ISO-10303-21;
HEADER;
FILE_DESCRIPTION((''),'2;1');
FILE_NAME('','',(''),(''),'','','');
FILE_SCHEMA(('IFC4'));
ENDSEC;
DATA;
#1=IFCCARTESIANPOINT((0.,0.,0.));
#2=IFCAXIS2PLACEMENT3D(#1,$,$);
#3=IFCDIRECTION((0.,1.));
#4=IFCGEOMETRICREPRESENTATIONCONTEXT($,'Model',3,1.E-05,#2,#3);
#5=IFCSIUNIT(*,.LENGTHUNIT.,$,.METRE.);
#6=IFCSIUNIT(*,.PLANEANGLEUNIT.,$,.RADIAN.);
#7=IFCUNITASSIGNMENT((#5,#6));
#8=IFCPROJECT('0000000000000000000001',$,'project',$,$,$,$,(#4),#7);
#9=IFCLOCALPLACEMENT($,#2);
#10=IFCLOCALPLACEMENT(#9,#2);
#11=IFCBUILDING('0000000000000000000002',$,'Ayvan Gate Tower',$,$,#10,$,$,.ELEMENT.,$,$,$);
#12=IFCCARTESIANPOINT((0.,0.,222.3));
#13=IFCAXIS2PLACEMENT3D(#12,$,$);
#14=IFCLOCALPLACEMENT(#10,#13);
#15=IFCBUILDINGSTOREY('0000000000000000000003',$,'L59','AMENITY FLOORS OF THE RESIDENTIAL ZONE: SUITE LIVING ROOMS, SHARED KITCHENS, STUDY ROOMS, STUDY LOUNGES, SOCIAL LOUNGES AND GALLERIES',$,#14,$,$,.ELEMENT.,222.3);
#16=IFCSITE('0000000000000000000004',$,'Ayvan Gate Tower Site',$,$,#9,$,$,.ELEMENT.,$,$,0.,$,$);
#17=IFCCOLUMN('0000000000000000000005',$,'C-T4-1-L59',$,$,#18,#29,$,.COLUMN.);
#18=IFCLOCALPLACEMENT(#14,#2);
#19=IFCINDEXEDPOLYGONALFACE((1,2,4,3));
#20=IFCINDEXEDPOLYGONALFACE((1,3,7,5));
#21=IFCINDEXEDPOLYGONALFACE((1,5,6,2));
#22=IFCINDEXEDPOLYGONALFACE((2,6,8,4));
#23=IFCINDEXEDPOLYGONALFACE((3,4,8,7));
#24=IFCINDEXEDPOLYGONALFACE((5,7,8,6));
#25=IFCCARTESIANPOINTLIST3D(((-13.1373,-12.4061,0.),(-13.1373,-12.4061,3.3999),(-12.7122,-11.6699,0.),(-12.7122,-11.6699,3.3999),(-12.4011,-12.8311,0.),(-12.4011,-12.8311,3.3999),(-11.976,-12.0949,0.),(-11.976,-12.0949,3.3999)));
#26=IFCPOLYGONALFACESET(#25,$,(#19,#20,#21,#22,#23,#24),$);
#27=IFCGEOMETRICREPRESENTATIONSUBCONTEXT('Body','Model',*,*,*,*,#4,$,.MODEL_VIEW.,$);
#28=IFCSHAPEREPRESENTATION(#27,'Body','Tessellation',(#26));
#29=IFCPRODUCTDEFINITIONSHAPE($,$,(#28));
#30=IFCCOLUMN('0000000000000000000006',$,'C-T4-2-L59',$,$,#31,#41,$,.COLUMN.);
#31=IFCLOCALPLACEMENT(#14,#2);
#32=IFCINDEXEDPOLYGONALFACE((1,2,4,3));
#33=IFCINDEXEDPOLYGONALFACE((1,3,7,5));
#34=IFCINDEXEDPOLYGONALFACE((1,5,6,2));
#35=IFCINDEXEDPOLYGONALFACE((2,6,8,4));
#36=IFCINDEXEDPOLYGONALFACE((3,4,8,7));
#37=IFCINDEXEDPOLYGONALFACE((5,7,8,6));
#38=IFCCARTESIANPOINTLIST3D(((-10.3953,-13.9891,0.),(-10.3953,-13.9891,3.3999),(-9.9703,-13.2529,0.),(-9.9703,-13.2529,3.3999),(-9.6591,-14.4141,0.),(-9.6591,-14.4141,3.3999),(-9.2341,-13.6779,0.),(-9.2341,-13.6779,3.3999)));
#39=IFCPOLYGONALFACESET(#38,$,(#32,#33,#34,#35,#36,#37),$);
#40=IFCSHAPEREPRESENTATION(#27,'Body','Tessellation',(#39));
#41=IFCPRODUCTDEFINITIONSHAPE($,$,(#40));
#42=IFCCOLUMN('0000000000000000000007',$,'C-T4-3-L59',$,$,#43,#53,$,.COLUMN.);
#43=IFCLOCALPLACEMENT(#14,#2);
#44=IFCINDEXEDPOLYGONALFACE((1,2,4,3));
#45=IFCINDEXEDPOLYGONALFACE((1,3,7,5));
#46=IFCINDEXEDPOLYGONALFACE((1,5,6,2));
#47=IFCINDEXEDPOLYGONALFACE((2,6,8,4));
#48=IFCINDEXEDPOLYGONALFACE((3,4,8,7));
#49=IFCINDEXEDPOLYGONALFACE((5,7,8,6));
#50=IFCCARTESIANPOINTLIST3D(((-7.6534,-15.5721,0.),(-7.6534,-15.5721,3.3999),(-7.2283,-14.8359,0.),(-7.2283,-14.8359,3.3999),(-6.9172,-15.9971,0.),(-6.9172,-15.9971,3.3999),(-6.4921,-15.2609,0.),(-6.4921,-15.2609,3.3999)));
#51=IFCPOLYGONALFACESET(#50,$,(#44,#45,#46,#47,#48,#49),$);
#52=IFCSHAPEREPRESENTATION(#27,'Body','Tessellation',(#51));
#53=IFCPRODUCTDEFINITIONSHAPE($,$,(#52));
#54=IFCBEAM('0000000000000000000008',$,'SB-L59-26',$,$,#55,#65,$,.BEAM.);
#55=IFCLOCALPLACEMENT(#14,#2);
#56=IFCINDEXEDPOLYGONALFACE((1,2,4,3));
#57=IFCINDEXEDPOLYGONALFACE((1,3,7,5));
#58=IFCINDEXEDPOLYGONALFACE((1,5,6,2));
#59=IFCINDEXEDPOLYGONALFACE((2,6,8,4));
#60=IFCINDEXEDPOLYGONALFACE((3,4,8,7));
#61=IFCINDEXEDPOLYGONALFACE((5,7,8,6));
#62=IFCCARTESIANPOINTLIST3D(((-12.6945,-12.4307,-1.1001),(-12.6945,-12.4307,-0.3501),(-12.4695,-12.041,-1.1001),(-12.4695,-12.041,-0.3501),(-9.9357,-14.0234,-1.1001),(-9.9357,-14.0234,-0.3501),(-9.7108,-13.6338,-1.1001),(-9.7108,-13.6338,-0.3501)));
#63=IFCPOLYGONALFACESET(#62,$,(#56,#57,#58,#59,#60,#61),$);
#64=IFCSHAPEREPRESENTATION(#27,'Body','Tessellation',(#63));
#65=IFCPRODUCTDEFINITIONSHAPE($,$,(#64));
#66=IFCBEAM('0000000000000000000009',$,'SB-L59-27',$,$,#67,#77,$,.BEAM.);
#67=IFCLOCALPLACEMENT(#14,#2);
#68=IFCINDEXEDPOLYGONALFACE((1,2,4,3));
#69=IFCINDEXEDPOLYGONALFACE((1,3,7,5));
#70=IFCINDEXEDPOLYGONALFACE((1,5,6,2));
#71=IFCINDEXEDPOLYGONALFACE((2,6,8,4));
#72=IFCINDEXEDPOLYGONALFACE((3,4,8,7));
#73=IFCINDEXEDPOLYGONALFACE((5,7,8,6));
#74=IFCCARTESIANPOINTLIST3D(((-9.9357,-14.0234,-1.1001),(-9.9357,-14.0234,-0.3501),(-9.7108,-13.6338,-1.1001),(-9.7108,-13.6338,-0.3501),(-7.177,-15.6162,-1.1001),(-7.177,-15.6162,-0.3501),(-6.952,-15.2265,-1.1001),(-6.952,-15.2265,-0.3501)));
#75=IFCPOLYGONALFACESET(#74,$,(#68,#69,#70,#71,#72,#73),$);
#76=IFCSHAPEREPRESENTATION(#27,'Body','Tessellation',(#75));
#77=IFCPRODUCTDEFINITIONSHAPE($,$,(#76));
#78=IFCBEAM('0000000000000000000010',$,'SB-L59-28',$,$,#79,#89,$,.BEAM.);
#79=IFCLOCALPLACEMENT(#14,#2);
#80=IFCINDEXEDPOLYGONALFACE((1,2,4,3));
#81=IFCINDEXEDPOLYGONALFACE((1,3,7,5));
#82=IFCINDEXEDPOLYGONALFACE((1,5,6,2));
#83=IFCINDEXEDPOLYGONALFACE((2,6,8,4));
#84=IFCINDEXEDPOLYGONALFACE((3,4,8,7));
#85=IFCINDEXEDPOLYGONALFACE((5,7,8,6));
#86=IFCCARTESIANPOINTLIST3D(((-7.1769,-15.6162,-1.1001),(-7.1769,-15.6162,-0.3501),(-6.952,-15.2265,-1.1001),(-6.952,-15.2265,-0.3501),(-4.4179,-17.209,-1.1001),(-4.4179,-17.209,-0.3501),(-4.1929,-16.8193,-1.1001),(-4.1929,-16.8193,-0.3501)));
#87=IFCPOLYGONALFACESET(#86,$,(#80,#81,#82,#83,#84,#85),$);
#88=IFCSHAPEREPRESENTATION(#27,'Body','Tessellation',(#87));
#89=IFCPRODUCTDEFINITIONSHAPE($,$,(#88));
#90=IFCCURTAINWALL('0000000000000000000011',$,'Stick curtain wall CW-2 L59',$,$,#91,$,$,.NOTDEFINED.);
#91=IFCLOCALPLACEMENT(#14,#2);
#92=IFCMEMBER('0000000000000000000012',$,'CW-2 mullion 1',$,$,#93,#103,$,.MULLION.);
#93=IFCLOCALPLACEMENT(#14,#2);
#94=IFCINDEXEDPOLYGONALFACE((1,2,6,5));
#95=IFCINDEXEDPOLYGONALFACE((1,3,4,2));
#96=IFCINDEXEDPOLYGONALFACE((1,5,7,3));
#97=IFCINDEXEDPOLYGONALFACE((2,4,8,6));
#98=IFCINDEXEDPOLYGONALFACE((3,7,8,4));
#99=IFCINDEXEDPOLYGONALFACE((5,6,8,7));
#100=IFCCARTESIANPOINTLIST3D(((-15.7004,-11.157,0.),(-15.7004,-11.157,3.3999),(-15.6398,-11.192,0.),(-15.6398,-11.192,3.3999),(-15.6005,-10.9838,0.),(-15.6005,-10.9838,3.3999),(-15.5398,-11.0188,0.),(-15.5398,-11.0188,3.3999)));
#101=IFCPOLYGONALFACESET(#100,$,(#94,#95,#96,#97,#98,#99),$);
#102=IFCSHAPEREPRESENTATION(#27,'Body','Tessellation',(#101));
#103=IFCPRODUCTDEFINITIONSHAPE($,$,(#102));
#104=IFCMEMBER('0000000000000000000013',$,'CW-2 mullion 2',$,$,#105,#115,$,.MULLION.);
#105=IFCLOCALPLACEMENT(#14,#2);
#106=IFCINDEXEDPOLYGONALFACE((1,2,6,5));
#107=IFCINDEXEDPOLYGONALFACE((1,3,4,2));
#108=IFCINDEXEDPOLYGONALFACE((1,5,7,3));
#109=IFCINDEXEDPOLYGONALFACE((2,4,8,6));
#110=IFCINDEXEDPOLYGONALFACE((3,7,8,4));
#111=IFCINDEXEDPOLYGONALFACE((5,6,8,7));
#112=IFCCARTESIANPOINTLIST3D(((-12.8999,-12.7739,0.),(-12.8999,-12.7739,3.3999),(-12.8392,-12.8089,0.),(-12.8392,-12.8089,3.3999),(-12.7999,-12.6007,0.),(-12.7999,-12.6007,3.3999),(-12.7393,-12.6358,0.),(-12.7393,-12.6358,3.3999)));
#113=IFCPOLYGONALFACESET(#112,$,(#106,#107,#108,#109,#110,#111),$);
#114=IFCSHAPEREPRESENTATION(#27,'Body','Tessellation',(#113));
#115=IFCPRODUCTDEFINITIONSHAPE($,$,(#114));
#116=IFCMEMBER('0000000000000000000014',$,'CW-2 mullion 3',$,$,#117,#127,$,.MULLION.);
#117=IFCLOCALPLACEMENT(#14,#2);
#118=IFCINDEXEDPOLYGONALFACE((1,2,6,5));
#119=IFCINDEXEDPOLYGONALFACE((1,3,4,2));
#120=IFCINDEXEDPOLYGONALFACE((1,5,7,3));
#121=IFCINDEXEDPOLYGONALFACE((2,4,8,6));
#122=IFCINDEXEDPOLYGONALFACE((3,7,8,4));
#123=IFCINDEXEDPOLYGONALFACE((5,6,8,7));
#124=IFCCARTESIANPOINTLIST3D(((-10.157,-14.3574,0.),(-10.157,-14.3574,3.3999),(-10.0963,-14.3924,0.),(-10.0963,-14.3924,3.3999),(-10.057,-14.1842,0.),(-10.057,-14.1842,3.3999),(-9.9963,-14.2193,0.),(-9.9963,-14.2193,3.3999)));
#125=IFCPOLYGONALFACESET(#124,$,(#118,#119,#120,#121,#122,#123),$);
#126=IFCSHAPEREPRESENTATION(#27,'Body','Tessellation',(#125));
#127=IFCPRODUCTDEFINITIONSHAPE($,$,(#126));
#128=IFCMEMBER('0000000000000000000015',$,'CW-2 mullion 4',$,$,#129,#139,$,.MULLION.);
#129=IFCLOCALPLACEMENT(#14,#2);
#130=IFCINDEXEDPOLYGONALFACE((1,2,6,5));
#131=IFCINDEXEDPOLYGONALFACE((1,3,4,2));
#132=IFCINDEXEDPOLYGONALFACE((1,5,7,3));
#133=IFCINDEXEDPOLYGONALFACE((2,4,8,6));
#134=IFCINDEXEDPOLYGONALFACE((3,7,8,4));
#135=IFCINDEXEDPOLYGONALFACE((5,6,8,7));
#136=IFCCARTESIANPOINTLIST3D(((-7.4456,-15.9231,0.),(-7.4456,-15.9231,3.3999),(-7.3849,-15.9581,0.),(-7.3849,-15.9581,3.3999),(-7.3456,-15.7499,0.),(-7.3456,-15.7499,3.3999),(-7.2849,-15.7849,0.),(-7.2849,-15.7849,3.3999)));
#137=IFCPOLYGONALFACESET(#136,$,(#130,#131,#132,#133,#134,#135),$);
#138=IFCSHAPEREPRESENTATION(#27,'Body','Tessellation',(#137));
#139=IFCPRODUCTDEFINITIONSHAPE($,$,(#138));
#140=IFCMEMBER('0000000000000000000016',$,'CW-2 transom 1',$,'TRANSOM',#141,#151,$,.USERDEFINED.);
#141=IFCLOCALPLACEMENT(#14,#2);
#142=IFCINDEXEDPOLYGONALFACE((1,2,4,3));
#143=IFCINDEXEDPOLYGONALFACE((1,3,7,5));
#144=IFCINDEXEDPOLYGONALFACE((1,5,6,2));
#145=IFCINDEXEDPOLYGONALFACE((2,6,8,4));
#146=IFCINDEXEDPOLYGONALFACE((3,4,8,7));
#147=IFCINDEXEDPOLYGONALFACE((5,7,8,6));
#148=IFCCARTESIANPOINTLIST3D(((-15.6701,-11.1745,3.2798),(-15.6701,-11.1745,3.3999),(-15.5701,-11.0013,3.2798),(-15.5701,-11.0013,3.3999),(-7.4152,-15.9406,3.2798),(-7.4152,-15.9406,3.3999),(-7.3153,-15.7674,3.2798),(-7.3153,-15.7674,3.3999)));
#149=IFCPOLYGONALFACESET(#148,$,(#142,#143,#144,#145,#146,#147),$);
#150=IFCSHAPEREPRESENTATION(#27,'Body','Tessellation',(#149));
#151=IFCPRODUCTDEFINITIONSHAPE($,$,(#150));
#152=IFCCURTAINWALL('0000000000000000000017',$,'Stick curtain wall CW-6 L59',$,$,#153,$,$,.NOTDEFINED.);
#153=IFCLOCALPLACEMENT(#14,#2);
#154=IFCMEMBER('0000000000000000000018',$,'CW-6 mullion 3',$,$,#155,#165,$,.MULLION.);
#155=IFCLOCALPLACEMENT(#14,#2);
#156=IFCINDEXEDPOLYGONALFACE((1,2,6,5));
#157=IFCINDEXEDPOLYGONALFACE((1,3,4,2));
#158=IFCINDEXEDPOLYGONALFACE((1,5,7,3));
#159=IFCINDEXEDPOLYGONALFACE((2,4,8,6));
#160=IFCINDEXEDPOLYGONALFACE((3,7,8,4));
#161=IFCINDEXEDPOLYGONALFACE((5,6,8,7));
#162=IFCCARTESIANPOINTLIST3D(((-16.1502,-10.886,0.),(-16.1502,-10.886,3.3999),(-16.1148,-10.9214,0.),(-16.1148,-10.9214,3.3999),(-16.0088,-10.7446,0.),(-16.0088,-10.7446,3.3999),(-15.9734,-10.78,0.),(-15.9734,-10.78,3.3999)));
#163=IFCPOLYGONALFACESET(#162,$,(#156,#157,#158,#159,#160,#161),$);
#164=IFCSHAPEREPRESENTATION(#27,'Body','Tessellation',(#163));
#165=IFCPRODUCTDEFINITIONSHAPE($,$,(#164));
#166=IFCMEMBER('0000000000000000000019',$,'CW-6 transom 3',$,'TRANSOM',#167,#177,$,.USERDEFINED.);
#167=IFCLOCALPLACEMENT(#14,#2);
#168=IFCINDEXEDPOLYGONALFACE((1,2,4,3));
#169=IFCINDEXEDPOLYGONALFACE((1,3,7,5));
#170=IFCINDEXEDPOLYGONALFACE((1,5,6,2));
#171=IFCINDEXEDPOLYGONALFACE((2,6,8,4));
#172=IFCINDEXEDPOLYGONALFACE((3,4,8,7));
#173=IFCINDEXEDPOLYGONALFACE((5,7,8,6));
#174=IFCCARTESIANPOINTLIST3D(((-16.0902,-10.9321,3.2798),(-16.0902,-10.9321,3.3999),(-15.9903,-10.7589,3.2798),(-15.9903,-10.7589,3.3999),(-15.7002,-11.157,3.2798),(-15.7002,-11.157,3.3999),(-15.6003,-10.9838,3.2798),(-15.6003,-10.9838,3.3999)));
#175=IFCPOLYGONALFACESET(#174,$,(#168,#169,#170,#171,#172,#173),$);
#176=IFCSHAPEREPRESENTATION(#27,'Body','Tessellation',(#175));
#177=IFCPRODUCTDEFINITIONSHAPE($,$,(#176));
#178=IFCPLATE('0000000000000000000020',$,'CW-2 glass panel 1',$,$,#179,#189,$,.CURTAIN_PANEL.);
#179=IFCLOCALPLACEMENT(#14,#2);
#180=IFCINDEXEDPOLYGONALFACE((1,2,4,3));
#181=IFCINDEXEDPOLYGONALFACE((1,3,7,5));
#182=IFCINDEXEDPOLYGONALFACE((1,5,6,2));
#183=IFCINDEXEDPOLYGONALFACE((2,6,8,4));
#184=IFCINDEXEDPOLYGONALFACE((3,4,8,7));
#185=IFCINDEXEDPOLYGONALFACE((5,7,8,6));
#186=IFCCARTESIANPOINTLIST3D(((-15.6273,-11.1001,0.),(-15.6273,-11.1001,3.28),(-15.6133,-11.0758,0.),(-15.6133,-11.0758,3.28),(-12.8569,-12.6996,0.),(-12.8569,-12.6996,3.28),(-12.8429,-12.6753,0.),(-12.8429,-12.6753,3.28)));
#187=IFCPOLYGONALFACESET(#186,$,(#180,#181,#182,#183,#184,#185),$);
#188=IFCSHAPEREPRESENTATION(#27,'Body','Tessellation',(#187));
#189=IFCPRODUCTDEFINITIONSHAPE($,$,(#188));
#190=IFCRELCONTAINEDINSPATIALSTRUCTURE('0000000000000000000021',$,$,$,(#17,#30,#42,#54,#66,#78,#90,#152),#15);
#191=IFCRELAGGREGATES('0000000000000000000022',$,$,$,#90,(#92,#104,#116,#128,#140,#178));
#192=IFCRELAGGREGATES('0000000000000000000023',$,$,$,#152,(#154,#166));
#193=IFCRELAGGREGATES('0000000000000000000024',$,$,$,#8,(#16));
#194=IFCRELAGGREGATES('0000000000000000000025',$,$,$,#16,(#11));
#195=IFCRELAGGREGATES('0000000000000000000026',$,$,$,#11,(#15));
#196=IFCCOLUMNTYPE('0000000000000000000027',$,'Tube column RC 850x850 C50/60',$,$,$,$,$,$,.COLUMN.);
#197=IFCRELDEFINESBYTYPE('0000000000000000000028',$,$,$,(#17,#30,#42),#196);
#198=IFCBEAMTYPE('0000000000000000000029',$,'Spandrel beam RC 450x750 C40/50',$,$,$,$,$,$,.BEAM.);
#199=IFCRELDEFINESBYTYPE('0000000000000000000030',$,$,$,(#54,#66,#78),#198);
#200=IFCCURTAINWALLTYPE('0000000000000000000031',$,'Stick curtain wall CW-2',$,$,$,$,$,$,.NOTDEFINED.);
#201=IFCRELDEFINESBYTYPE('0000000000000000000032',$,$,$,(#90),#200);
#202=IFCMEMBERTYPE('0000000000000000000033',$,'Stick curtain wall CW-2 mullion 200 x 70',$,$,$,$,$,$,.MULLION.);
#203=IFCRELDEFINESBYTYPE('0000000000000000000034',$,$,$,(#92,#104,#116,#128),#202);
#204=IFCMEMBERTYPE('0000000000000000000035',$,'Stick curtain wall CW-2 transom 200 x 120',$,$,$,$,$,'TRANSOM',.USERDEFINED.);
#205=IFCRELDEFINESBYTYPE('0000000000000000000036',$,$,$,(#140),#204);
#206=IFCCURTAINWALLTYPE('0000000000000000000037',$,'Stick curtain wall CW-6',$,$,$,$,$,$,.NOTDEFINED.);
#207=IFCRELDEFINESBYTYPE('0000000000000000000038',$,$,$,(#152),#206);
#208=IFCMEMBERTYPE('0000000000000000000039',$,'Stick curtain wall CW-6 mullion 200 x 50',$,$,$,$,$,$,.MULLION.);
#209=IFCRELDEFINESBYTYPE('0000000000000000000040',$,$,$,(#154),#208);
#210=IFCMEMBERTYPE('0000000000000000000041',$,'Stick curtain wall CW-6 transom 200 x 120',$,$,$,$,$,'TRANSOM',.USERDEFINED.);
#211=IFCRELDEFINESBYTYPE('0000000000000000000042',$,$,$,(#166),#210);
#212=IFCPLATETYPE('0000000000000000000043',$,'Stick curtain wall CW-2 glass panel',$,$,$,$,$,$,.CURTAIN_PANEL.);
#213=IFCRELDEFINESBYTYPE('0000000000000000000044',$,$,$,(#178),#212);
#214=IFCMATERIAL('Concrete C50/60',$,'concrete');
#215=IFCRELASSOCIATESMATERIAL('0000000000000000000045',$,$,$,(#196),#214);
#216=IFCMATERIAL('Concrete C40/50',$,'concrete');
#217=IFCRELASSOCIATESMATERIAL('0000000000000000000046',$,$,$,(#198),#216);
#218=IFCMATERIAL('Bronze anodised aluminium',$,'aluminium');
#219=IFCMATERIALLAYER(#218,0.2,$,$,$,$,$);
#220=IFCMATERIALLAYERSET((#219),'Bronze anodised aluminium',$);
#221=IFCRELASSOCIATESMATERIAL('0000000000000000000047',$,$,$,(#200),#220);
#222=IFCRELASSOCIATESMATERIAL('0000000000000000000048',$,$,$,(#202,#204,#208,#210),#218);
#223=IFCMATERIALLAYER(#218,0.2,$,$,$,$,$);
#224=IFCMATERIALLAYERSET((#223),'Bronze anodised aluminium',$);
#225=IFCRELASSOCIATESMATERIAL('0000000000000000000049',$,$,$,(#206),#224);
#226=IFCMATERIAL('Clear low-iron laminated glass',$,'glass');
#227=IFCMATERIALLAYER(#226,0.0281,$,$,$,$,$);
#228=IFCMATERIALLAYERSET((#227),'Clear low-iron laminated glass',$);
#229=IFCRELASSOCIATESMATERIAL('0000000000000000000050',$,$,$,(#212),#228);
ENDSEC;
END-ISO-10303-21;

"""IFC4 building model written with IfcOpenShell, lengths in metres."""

from ifc_helpers import new_model, si_unit, direction, frame, origin, origin_2d, place, context, subcontext, project, spatial, rectangle, extrude, material, layer, layer_set, material_profile, profile_set, type_object, element, aggregate, save


model = new_model("IFC4")

# Units and contexts
model_context = context("Model", 3, precision=1e-05, world=origin(), true_north=direction((0.0, 1.0)))
body_context = subcontext(model_context, "Body", "Model", "MODEL_VIEW")
ifc_project = project(units=[si_unit("LENGTHUNIT", "METRE"), si_unit("PLANEANGLEUNIT", "RADIAN")], contexts=[model_context])

# Site, building, storey
site_placement = place(None, origin())
site = spatial("IfcSite", under=ifc_project, at=site_placement, Name="Ayvan Gate Tower Site", CompositionType="ELEMENT", RefElevation=0.0)
building_placement = place(site_placement, origin())
building = spatial("IfcBuilding", under=site, at=building_placement, Name="Ayvan Gate Tower", CompositionType="ELEMENT")
storey_placement = place(building_placement, frame((0.0, 0.0, 222.3)))
storey = spatial("IfcBuildingStorey", under=building, at=storey_placement, Name="L59", Description="AMENITY FLOORS OF THE RESIDENTIAL ZONE: SUITE LIVING ROOMS, SHARED KITCHENS, STUDY ROOMS, STUDY LOUNGES, SOCIAL LOUNGES AND GALLERIES", CompositionType="ELEMENT", Elevation=222.3)

# Columns
ifc_material_1 = material(Name="Concrete C50/60", Category="concrete")
ifc_material_profile_1 = material_profile(ifc_material_1, rectangle(XDim=0.8501, YDim=0.8501, at=origin_2d()), Name="RC 850x850")
ifc_profile_set_1 = profile_set([ifc_material_profile_1], Name="Concrete C50/60")
column_type = type_object("IfcColumnType", Name="Tube column RC 850x850 C50/60", PredefinedType="COLUMN", material=ifc_profile_set_1)
for number, where, z_axis, x_axis, name in (
    (1, (-12.5566, -12.2505, 0.0), (0.0, 0.0, 1.0), (-0.5, -0.866025, 0.0), "C-T4-1-L59"),
    (2, (-9.8147, -13.8335, 0.0), (0.0, 0.0, 1.0), (-0.5, -0.866025, 0.0), "C-T4-2-L59"),
    (3, (-7.0728, -15.4165, 0.0), (0.0, 0.0, 1.0), (-0.5, -0.866025, 0.0), "C-T4-3-L59"),
):
    element("IfcColumn", number, at=place(storey_placement, frame(where, z_axis=z_axis, x_axis=x_axis)), inside=storey, type_object=column_type, Name=name, PredefinedType="COLUMN", context=body_context, shape_type="SweptSolid", body=[
        extrude(rectangle(XDim=0.8501, YDim=0.8501, at=origin_2d()), origin(), (0.0, 0.0, 1.0), 3.3999),
    ])

# Beams
ifc_material_2 = material(Name="Concrete C40/50", Category="concrete")
ifc_material_profile_2 = material_profile(ifc_material_2, rectangle(XDim=0.45, YDim=0.75, at=origin_2d()), Name="RC 450x750")
ifc_profile_set_2 = profile_set([ifc_material_profile_2], Name="Concrete C40/50")
beam_type = type_object("IfcBeamType", Name="Spandrel beam RC 450x750 C40/50", PredefinedType="BEAM", material=ifc_profile_set_2)
for number, where, z_axis, x_axis, name in (
    (4, (-12.582, -12.2358, -0.7251), (0.866027, -0.499997, 0.0), (0.499997, 0.866027, 0.0), "SB-L59-26"),
    (5, (-9.8232, -13.8286, -0.7251), (0.866027, -0.499997, 0.0), (0.499997, 0.866027, 0.0), "SB-L59-27"),
):
    element("IfcBeam", number, at=place(storey_placement, frame(where, z_axis=z_axis, x_axis=x_axis)), inside=storey, type_object=beam_type, Name=name, PredefinedType="BEAM", context=body_context, shape_type="SweptSolid", body=[
        extrude(rectangle(XDim=0.45, YDim=0.75, at=origin_2d()), origin(), (0.0, 0.0, 1.0), 3.1855),
    ])
beam_placement = place(storey_placement, frame((-7.0645, -15.4214, -0.7251), z_axis=(0.866046, -0.499963, 0.0), x_axis=(0.499963, 0.866046, 0.0)))
element("IfcBeam", 6, at=beam_placement, inside=storey, type_object=beam_type, Name="SB-L59-28", PredefinedType="BEAM", context=body_context, shape_type="SweptSolid", body=[
    extrude(rectangle(XDim=0.45, YDim=0.75, at=origin_2d()), origin(), (0.0, 0.0, 1.0), 3.1858),
])

# Curtain walls, members
ifc_material_3 = material(Name="Bronze anodised aluminium", Category="aluminium")
ifc_layer_1 = layer(ifc_material_3, 0.2)
ifc_layer_set_1 = layer_set([ifc_layer_1], Name="Bronze anodised aluminium")
curtain_wall_type_1 = type_object("IfcCurtainWallType", Name="Stick curtain wall CW-2", PredefinedType="NOTDEFINED", material=ifc_layer_set_1)
curtain_wall_1_placement = place(storey_placement, origin())
curtain_wall_1 = element("IfcCurtainWall", 7, at=curtain_wall_1_placement, inside=storey, type_object=curtain_wall_type_1, Name="Stick curtain wall CW-2 L59", PredefinedType="NOTDEFINED")
ifc_material_profile_3 = material_profile(ifc_material_3, rectangle(XDim=0.2, YDim=0.0701, at=origin_2d()), Name="Stick curtain wall CW-2 mullion 200 x 70")
ifc_profile_set_3 = profile_set([ifc_material_profile_3], Name="Bronze anodised aluminium")
member_type_1 = type_object("IfcMemberType", Name="Stick curtain wall CW-2 mullion 200 x 70", PredefinedType="MULLION", material=ifc_profile_set_3)
member_1_placement = place(storey_placement, frame((-15.6201, -11.0879, 0.0), z_axis=(0.0, 0.0, 1.0), x_axis=(-0.5, -0.866025, 0.0)))
member_1 = element("IfcMember", 8, at=member_1_placement, type_object=member_type_1, Name="CW-2 mullion 1", PredefinedType="MULLION", context=body_context, shape_type="SweptSolid", body=[
    extrude(rectangle(XDim=0.2, YDim=0.0701, at=origin_2d()), origin(), (0.0, 0.0, 1.0), 3.3999),
])
member_2_placement = place(storey_placement, frame((-12.8196, -12.7048, 0.0), z_axis=(0.0, 0.0, 1.0), x_axis=(-0.5, -0.866025, 0.0)))
member_2 = element("IfcMember", 9, at=member_2_placement, type_object=member_type_1, Name="CW-2 mullion 2", PredefinedType="MULLION", context=body_context, shape_type="SweptSolid", body=[
    extrude(rectangle(XDim=0.2, YDim=0.0701, at=origin_2d()), origin(), (0.0, 0.0, 1.0), 3.3999),
])
member_3_placement = place(storey_placement, frame((-10.0767, -14.2883, 0.0), z_axis=(0.0, 0.0, 1.0), x_axis=(-0.5, -0.866025, 0.0)))
member_3 = element("IfcMember", 10, at=member_3_placement, type_object=member_type_1, Name="CW-2 mullion 3", PredefinedType="MULLION", context=body_context, shape_type="SweptSolid", body=[
    extrude(rectangle(XDim=0.2, YDim=0.0701, at=origin_2d()), origin(), (0.0, 0.0, 1.0), 3.3999),
])
member_4_placement = place(storey_placement, frame((-7.3652, -15.854, 0.0), z_axis=(0.0, 0.0, 1.0), x_axis=(-0.5, -0.866025, 0.0)))
member_4 = element("IfcMember", 11, at=member_4_placement, type_object=member_type_1, Name="CW-2 mullion 4", PredefinedType="MULLION", context=body_context, shape_type="SweptSolid", body=[
    extrude(rectangle(XDim=0.2, YDim=0.0701, at=origin_2d()), origin(), (0.0, 0.0, 1.0), 3.3999),
])
ifc_material_profile_4 = material_profile(ifc_material_3, rectangle(XDim=0.2, YDim=0.1201, at=origin_2d()), Name="Stick curtain wall CW-2 transom 200 x 120")
ifc_profile_set_4 = profile_set([ifc_material_profile_4], Name="Bronze anodised aluminium")
member_type_2 = type_object("IfcMemberType", Name="Stick curtain wall CW-2 transom 200 x 120", ElementType="TRANSOM", PredefinedType="USERDEFINED", material=ifc_profile_set_4)
member_5_placement = place(storey_placement, frame((-15.6201, -11.0879, 3.3398), z_axis=(0.866018, -0.500012, 0.0), x_axis=(0.500012, 0.866018, 0.0)))
member_5 = element("IfcMember", 12, at=member_5_placement, type_object=member_type_2, Name="CW-2 transom 1", ObjectType="TRANSOM", PredefinedType="USERDEFINED", context=body_context, shape_type="SweptSolid", body=[
    extrude(rectangle(XDim=0.2, YDim=0.1201, at=origin_2d()), origin(), (0.0, 0.0, 1.0), 9.532),
])
ifc_layer_2 = layer(ifc_material_3, 0.2)
ifc_layer_set_2 = layer_set([ifc_layer_2], Name="Bronze anodised aluminium")
curtain_wall_type_2 = type_object("IfcCurtainWallType", Name="Stick curtain wall CW-6", PredefinedType="NOTDEFINED", material=ifc_layer_set_2)
curtain_wall_2_placement = place(storey_placement, origin())
curtain_wall_2 = element("IfcCurtainWall", 13, at=curtain_wall_2_placement, inside=storey, type_object=curtain_wall_type_2, Name="Stick curtain wall CW-6 L59", PredefinedType="NOTDEFINED")
ifc_material_profile_5 = material_profile(ifc_material_3, rectangle(XDim=0.2, YDim=0.05, at=origin_2d()), Name="Stick curtain wall CW-6 mullion 200 x 50")
ifc_profile_set_5 = profile_set([ifc_material_profile_5], Name="Bronze anodised aluminium")
member_type_3 = type_object("IfcMemberType", Name="Stick curtain wall CW-6 mullion 200 x 50", PredefinedType="MULLION", material=ifc_profile_set_5)
member_6_placement = place(storey_placement, frame((-16.0618, -10.833, 0.0), z_axis=(0.0, 0.0, 1.0), x_axis=(-0.707107, -0.707107, 0.0)))
member_6 = element("IfcMember", 14, at=member_6_placement, type_object=member_type_3, Name="CW-6 mullion 3", PredefinedType="MULLION", context=body_context, shape_type="SweptSolid", body=[
    extrude(rectangle(XDim=0.2, YDim=0.05, at=origin_2d()), origin(), (0.0, 0.0, 1.0), 3.3999),
])
ifc_material_profile_6 = material_profile(ifc_material_3, rectangle(XDim=0.2, YDim=0.1201, at=origin_2d()), Name="Stick curtain wall CW-6 transom 200 x 120")
ifc_profile_set_6 = profile_set([ifc_material_profile_6], Name="Bronze anodised aluminium")
member_type_4 = type_object("IfcMemberType", Name="Stick curtain wall CW-6 transom 200 x 120", ElementType="TRANSOM", PredefinedType="USERDEFINED", material=ifc_profile_set_6)
member_7_placement = place(storey_placement, frame((-16.0403, -10.8455, 3.3398), z_axis=(0.866267, -0.499582, 0.0), x_axis=(0.499582, 0.866267, 0.0)))
member_7 = element("IfcMember", 15, at=member_7_placement, type_object=member_type_4, Name="CW-6 transom 3", ObjectType="TRANSOM", PredefinedType="USERDEFINED", context=body_context, shape_type="SweptSolid", body=[
    extrude(rectangle(XDim=0.2, YDim=0.1201, at=origin_2d()), origin(), (0.0, 0.0, 1.0), 0.4502),
])

# Plate
ifc_material_4 = material(Name="Clear low-iron laminated glass", Category="glass")
ifc_layer_3 = layer(ifc_material_4, 0.0281)
ifc_layer_set_3 = layer_set([ifc_layer_3], Name="Clear low-iron laminated glass")
plate_type_1 = type_object("IfcPlateType", Name="Stick curtain wall CW-2 glass panel", PredefinedType="CURTAIN_PANEL", material=ifc_layer_set_3)
plate_1_placement = place(storey_placement, frame((-14.2351, -11.8877, 0.0), z_axis=(0.0, 0.0, 1.0), x_axis=(0.866025, -0.5, 0.0)))
plate_1 = element("IfcPlate", 16, at=plate_1_placement, type_object=plate_type_1, Name="CW-2 glass panel 1", PredefinedType="CURTAIN_PANEL", context=body_context, shape_type="SweptSolid", body=[
    extrude(rectangle(XDim=3.199, YDim=0.0281, at=origin_2d()), origin(), (0.0, 0.0, 1.0), 3.28),
])
aggregate(curtain_wall_1, [member_1, member_2, member_3, member_4, member_5, plate_1])
aggregate(curtain_wall_2, [member_6, member_7])

save(model, "model.ifc")
